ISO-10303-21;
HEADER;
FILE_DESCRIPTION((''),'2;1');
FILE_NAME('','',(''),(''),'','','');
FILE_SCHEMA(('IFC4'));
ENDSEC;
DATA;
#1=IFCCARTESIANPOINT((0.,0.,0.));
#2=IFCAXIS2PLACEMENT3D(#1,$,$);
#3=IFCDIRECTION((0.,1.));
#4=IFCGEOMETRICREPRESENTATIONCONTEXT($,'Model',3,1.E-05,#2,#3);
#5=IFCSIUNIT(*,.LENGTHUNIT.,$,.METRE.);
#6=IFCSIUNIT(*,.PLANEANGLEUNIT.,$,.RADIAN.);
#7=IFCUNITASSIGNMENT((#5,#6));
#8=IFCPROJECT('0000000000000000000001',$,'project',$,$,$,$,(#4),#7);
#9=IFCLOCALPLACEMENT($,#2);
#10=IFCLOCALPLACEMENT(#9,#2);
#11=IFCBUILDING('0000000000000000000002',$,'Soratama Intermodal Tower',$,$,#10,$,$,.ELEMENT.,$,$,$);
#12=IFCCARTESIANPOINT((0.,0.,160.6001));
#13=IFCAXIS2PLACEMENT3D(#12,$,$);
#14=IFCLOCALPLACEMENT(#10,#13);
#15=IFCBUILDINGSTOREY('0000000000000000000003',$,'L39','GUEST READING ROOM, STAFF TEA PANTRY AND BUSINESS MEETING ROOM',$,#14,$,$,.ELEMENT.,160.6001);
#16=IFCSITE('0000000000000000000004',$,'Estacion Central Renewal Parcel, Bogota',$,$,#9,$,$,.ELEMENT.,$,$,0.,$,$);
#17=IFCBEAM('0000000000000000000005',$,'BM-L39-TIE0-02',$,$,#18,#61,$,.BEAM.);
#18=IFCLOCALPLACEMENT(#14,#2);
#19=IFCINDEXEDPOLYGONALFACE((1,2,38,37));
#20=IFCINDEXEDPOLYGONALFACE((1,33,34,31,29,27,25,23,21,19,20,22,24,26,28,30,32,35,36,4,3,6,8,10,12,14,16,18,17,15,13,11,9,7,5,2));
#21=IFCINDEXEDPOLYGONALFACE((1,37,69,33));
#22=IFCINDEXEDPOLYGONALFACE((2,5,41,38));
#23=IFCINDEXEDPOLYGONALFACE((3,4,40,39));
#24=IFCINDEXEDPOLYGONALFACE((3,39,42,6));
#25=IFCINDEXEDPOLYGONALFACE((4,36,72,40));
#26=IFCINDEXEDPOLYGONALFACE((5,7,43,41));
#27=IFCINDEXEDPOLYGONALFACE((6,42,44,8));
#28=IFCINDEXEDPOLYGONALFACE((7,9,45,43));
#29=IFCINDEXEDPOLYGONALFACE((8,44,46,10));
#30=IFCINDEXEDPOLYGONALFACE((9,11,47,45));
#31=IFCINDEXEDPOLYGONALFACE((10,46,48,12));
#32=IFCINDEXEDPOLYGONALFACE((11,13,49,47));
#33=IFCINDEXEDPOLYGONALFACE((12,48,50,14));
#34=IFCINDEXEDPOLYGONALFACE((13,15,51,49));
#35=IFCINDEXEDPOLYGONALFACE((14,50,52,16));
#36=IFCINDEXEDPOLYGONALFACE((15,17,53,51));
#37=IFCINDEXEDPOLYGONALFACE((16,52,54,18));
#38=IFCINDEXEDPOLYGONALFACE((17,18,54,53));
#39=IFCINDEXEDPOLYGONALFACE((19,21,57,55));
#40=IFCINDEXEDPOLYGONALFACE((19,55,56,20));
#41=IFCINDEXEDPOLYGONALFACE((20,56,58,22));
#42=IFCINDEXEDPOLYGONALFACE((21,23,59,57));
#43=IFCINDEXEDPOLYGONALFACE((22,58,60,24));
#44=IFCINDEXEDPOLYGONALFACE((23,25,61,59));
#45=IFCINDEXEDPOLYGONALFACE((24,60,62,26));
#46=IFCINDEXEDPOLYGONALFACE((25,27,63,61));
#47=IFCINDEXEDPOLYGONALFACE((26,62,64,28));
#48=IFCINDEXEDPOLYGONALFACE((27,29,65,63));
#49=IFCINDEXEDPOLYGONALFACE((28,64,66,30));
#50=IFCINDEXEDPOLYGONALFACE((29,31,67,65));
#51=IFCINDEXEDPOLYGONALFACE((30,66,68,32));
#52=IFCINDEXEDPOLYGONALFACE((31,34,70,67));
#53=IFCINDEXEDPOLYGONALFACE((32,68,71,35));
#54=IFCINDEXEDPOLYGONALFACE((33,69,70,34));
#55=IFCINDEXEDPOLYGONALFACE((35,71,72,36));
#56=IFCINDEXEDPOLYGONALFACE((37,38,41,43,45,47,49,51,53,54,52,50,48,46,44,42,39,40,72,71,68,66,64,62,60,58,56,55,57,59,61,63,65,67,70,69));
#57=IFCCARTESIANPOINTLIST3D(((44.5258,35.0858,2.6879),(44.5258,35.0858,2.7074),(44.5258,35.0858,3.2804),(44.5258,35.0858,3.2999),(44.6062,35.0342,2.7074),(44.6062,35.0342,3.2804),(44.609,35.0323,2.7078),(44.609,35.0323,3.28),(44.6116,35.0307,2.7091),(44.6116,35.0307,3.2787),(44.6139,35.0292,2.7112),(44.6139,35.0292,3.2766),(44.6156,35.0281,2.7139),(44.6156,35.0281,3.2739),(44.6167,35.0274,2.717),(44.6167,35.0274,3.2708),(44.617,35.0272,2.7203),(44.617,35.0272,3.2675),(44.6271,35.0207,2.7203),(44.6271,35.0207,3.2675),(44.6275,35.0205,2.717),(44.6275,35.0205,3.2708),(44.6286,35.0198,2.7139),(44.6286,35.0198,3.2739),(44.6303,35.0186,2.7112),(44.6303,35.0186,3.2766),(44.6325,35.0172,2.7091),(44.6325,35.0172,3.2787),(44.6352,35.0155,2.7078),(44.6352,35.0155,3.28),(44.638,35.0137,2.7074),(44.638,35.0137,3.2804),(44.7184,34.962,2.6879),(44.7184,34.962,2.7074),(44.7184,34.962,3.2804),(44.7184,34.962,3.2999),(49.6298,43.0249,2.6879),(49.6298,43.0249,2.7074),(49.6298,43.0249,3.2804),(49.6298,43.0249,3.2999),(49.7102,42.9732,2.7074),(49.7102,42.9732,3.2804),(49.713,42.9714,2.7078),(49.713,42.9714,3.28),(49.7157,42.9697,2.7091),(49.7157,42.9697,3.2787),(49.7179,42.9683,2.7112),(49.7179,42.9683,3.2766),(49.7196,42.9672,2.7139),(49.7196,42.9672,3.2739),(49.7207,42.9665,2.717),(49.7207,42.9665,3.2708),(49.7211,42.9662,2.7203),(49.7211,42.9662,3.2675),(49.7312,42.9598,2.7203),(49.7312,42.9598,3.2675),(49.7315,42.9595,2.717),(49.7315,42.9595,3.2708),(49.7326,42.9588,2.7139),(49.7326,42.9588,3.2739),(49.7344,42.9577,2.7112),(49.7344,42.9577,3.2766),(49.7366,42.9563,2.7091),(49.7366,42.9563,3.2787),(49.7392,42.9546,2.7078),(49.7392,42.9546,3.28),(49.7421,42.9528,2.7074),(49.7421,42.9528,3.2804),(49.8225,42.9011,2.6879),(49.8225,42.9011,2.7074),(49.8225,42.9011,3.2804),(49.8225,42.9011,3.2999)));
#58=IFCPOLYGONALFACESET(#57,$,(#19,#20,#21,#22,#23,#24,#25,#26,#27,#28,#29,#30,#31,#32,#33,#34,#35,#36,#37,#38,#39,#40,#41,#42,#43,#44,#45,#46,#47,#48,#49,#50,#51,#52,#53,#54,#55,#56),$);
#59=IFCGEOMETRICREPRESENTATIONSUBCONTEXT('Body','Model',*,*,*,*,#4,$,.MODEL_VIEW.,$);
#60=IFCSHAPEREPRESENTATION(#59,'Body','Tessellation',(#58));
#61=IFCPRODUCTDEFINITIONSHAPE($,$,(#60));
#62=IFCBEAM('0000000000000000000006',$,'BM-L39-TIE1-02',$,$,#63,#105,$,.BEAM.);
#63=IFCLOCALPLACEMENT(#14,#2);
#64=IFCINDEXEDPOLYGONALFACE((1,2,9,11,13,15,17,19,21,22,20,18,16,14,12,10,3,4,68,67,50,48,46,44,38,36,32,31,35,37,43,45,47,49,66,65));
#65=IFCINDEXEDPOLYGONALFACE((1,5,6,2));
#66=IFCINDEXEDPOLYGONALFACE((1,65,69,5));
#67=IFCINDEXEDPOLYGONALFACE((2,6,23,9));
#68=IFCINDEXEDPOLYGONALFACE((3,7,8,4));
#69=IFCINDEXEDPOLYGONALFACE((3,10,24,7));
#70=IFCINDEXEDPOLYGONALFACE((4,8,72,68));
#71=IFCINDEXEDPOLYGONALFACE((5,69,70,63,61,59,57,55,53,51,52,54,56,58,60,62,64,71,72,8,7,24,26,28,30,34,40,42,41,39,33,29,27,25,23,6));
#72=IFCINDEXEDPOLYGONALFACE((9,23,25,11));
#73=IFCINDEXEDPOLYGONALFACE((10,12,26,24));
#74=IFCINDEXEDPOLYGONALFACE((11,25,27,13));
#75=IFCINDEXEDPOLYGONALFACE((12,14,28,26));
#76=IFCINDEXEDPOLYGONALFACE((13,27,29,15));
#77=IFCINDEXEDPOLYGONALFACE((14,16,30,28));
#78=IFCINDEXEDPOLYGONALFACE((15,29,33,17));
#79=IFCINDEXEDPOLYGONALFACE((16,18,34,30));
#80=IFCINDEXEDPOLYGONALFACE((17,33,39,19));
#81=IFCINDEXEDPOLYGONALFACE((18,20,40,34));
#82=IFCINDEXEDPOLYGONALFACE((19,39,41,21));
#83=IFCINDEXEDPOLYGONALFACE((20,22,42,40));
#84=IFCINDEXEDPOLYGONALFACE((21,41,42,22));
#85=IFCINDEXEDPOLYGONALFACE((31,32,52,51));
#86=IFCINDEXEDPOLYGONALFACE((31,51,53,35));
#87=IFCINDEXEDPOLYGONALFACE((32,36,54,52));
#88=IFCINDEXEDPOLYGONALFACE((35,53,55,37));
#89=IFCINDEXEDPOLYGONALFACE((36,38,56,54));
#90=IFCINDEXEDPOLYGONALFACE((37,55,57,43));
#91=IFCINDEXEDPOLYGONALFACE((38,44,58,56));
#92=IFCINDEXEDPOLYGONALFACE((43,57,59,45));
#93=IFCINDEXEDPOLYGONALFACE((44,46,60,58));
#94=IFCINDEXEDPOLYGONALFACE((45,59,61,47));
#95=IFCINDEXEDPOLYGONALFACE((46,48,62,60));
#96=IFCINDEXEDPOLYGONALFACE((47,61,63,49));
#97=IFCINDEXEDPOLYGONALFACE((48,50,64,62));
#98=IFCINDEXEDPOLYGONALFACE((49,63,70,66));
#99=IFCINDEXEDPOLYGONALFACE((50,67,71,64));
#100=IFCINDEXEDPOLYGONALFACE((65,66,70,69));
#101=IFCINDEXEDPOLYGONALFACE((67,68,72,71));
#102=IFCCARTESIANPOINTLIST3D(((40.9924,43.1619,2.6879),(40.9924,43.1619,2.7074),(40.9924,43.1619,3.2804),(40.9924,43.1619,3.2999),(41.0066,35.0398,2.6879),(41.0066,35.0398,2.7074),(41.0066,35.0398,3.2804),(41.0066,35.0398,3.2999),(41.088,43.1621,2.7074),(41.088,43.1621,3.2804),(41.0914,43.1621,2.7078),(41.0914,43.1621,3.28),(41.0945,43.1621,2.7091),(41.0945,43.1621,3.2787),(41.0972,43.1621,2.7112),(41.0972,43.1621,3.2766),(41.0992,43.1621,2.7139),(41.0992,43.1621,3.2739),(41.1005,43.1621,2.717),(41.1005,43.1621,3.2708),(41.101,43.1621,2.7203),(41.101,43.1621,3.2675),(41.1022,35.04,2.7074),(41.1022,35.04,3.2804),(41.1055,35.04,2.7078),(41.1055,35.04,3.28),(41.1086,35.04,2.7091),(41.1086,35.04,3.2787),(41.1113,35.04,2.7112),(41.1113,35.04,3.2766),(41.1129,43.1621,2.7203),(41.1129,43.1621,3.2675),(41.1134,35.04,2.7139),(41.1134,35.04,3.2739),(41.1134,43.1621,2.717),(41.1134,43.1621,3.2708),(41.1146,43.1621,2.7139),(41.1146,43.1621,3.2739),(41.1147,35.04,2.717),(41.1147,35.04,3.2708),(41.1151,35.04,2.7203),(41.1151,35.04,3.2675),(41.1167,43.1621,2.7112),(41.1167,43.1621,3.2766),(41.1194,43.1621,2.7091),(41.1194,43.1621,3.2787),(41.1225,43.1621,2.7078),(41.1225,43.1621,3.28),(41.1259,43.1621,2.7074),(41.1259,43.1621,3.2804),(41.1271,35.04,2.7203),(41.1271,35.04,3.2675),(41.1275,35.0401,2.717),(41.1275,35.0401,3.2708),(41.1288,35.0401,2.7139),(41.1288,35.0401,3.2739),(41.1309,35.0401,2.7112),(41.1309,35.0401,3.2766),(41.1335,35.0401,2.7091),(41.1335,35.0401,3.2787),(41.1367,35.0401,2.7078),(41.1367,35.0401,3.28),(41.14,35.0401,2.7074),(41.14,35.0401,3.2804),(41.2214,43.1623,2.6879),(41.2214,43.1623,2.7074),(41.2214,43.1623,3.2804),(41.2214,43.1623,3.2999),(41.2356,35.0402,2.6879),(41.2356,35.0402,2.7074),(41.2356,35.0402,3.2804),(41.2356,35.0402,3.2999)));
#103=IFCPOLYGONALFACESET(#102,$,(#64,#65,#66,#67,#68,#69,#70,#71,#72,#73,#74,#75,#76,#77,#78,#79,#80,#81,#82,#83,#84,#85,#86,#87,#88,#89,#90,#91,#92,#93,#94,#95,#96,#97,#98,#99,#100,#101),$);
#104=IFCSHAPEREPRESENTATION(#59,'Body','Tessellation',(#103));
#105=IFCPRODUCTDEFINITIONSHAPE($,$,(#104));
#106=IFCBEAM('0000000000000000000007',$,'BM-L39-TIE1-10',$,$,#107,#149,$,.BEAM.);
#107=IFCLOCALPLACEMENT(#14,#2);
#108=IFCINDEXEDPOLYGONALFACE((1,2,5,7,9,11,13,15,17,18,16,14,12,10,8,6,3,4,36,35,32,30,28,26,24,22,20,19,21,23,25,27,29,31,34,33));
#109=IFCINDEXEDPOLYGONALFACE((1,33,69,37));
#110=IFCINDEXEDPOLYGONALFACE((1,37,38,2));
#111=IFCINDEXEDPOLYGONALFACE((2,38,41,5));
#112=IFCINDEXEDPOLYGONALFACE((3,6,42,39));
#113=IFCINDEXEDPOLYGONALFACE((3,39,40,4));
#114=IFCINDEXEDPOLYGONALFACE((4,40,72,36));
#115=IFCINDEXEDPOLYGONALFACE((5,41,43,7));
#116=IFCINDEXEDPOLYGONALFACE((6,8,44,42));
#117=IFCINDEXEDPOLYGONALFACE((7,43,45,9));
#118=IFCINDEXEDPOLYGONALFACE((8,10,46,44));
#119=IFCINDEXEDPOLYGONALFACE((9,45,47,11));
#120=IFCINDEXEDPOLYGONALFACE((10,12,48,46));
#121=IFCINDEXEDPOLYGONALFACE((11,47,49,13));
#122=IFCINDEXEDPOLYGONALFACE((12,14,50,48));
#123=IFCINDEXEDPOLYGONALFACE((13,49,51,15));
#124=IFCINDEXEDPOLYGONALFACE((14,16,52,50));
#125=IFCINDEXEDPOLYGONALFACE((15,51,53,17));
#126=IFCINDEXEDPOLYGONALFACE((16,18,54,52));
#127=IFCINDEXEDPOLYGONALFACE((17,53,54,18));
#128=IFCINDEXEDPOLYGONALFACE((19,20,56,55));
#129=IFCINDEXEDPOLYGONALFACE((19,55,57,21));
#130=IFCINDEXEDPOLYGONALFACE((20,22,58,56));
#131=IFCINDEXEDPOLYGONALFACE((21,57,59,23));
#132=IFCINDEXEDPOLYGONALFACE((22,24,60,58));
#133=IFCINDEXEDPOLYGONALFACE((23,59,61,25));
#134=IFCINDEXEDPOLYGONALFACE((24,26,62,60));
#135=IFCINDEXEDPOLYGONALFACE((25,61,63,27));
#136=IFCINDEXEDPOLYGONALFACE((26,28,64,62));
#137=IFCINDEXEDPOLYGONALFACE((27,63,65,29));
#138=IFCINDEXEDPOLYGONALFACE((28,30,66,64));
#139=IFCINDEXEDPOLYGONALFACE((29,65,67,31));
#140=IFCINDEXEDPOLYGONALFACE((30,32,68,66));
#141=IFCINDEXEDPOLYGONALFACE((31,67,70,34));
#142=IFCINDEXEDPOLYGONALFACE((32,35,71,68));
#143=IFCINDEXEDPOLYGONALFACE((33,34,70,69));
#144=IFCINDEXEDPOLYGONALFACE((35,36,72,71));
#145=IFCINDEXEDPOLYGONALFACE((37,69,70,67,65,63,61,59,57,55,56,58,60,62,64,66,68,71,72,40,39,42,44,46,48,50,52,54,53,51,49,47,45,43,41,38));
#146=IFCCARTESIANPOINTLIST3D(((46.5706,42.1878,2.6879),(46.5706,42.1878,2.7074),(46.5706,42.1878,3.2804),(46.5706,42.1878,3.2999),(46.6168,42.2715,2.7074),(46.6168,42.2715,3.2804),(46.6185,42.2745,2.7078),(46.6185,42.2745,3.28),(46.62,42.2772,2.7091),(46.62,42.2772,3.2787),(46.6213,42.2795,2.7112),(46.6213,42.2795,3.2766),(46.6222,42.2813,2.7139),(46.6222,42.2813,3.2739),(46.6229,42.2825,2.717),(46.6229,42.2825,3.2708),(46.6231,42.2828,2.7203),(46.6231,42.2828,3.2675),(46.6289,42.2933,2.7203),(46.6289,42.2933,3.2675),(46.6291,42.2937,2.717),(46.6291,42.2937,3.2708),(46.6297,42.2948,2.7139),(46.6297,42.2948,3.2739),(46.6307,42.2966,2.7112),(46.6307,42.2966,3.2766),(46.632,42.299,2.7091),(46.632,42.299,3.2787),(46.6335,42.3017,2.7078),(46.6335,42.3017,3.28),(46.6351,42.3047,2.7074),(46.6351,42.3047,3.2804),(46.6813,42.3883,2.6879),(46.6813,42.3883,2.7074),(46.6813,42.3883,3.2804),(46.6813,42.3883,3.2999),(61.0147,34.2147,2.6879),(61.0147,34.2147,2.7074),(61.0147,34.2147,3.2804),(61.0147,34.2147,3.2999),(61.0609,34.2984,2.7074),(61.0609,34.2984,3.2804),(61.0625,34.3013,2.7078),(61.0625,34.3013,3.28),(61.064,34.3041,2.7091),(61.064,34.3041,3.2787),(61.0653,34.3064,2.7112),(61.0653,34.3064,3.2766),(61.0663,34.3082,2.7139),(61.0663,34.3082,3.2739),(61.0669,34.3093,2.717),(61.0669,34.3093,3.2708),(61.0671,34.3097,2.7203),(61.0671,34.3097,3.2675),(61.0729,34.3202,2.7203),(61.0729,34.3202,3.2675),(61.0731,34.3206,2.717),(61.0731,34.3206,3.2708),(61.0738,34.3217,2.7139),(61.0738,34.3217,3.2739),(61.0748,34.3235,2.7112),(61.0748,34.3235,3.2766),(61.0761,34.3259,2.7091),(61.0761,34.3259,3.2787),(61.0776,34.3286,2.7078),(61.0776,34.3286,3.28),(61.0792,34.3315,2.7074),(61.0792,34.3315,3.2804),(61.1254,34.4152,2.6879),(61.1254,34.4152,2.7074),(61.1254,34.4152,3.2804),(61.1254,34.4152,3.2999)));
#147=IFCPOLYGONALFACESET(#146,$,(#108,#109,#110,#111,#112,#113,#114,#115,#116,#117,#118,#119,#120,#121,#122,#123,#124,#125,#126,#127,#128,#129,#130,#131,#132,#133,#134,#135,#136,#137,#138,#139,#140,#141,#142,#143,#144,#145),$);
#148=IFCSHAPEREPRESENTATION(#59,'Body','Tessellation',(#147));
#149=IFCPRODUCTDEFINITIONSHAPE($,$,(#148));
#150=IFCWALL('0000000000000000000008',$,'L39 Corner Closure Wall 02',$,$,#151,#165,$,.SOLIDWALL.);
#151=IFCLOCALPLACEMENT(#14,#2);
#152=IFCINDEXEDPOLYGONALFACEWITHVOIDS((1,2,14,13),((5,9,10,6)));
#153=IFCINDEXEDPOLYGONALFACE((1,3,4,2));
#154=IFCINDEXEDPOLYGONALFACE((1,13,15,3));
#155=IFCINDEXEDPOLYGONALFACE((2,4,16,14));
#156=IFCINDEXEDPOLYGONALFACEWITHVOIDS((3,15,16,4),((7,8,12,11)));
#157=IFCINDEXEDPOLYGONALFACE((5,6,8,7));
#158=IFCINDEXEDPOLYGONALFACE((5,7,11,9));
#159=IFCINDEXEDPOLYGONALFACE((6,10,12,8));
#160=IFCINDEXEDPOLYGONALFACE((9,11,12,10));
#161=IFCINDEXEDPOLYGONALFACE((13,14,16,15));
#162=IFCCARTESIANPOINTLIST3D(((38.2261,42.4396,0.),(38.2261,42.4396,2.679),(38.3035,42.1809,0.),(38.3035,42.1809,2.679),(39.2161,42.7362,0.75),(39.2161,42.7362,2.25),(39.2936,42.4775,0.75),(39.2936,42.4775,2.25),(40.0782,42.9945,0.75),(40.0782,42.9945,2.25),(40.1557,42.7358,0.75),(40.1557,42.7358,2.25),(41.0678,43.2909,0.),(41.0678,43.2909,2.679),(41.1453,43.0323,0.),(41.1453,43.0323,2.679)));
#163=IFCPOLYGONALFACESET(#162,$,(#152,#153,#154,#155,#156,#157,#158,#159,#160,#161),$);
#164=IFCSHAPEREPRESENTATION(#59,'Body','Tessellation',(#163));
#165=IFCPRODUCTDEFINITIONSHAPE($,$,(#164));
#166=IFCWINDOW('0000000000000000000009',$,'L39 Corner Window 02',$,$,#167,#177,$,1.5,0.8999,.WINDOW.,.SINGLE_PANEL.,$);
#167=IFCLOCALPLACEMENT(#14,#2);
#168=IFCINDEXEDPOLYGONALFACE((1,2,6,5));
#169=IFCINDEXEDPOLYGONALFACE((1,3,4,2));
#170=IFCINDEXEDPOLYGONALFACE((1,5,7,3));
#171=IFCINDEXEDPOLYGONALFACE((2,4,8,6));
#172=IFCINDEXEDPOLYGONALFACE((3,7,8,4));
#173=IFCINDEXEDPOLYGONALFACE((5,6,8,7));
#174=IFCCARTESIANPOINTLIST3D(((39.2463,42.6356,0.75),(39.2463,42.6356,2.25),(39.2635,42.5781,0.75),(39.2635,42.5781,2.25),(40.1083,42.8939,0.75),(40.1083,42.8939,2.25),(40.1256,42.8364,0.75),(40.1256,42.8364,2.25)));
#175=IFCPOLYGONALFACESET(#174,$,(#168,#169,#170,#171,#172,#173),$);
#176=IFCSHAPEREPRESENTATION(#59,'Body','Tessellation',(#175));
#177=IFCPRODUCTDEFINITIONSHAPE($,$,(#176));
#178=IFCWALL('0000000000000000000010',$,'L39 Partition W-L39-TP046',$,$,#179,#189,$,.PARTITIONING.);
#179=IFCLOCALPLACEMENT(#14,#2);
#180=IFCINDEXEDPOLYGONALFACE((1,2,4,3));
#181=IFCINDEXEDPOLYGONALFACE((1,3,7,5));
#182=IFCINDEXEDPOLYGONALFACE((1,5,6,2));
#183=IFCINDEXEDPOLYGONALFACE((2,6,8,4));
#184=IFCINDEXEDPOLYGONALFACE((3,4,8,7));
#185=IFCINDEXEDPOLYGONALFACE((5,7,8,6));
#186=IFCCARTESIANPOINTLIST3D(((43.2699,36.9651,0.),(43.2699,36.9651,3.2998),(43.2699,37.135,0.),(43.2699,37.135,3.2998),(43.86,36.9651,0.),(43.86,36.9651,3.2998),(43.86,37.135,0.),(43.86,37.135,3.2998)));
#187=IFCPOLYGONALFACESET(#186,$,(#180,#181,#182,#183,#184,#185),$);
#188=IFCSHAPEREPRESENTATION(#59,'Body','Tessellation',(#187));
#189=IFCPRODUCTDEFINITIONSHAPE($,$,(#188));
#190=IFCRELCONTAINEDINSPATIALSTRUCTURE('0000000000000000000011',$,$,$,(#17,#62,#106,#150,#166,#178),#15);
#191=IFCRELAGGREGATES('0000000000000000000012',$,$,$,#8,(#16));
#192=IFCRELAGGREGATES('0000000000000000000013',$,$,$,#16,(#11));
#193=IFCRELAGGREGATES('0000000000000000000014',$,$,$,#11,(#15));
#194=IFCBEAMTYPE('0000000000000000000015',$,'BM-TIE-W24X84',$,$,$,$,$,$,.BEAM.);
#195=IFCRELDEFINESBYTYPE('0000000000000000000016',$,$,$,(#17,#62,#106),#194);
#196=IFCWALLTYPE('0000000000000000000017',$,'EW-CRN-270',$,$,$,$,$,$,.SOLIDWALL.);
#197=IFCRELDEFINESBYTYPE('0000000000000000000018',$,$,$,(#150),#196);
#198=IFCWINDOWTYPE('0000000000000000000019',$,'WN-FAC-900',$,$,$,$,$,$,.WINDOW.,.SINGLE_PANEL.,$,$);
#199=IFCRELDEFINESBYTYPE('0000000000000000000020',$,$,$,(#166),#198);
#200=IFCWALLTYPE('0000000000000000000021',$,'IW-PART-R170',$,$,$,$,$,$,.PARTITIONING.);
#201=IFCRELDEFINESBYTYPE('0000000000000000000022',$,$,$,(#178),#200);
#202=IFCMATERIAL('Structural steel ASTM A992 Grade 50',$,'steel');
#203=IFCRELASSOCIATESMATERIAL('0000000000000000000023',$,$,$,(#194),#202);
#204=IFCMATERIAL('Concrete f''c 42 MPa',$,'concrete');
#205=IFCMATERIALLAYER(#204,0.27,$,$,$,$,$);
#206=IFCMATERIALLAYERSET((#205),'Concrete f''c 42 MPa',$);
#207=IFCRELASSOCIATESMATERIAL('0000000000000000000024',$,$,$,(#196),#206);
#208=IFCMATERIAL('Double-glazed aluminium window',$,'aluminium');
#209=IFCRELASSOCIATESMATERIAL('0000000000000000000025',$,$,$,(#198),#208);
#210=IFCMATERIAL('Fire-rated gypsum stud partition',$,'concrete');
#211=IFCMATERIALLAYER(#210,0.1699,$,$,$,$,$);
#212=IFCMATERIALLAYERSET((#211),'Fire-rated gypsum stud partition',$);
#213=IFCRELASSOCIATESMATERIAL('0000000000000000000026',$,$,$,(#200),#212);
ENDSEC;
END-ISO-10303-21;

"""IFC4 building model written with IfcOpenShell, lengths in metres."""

from ifc_helpers import new_model, si_unit, direction, frame, frame_2d, origin, origin_2d, place, context, subcontext, project, spatial, rectangle, i_section, extrude, material, layer, layer_set, material_profile, profile_set, type_object, element, fill, save


model = new_model("IFC4")

# Units and contexts
model_context = context("Model", 3, precision=1e-05, world=origin(), true_north=direction((0.0, 1.0)))
body_context = subcontext(model_context, "Body", "Model", "MODEL_VIEW")
ifc_project = project(units=[si_unit("LENGTHUNIT", "METRE"), si_unit("PLANEANGLEUNIT", "RADIAN")], contexts=[model_context])

# Site, building, storey
site_placement = place(None, origin())
site = spatial("IfcSite", under=ifc_project, at=site_placement, Name="Estacion Central Renewal Parcel, Bogota", CompositionType="ELEMENT", RefElevation=0.0)
building_placement = place(site_placement, origin())
building = spatial("IfcBuilding", under=site, at=building_placement, Name="Soratama Intermodal Tower", CompositionType="ELEMENT")
storey_placement = place(building_placement, frame((0.0, 0.0, 160.6001)))
storey = spatial("IfcBuildingStorey", under=building, at=storey_placement, Name="L39", Description="GUEST READING ROOM, STAFF TEA PANTRY AND BUSINESS MEETING ROOM", CompositionType="ELEMENT", Elevation=160.6001)

# Beams
ifc_material_1 = material(Name="Structural steel ASTM A992 Grade 50", Category="steel")
ifc_material_profile_1 = material_profile(ifc_material_1, i_section(OverallWidth=0.229, OverallDepth=0.6121, WebThickness=0.012, FlangeThickness=0.0195, FilletRadius=0.0129, at=origin_2d()), Name="W24X84")
ifc_profile_set_1 = profile_set([ifc_material_profile_1], Name="Structural steel ASTM A992 Grade 50")
beam_type_1 = type_object("IfcBeamType", Name="BM-TIE-W24X84", PredefinedType="BEAM", material=ifc_profile_set_1)
beam_1_placement = place(storey_placement, frame((44.6221, 35.0239, 2.9939), z_axis=(0.540786, 0.84116, 0.0), x_axis=(-0.84116, 0.540786, 0.0)))
element("IfcBeam", 1, at=beam_1_placement, inside=storey, type_object=beam_type_1, Name="BM-L39-TIE0-02", PredefinedType="BEAM", context=body_context, shape_type="SweptSolid", body=[
    extrude(i_section(OverallWidth=0.229, OverallDepth=0.6121, WebThickness=0.012, FlangeThickness=0.0195, FilletRadius=0.0129, at=origin_2d()), origin(), (0.0, 0.0, 1.0), 9.4382),
])
beam_2_placement = place(storey_placement, frame((41.1211, 35.04, 2.9939), z_axis=(-0.001743, 0.999998, 0.0), x_axis=(-0.999998, -0.001743, 0.0)))
element("IfcBeam", 2, at=beam_2_placement, inside=storey, type_object=beam_type_1, Name="BM-L39-TIE1-02", PredefinedType="BEAM", context=body_context, shape_type="SweptSolid", body=[
    extrude(i_section(OverallWidth=0.229, OverallDepth=0.6121, WebThickness=0.012, FlangeThickness=0.0195, FilletRadius=0.0129, at=origin_2d()), origin(), (0.0, 0.0, 1.0), 8.1221),
])
beam_3_placement = place(storey_placement, frame((46.626, 42.2881, 2.9939), z_axis=(0.875475, -0.483263, 0.0), x_axis=(0.483263, 0.875475, 0.0)))
element("IfcBeam", 3, at=beam_3_placement, inside=storey, type_object=beam_type_1, Name="BM-L39-TIE1-10", PredefinedType="BEAM", context=body_context, shape_type="SweptSolid", body=[
    extrude(i_section(OverallWidth=0.229, OverallDepth=0.6121, WebThickness=0.012, FlangeThickness=0.0195, FilletRadius=0.0129, at=origin_2d()), origin(), (0.0, 0.0, 1.0), 16.4985),
])

# Wall, opening, window
ifc_material_2 = material(Name="Concrete f'c 42 MPa", Category="concrete")
ifc_layer_1 = layer(ifc_material_2, 0.27)
ifc_layer_set_1 = layer_set([ifc_layer_1], Name="Concrete f'c 42 MPa")
wall_type_1 = type_object("IfcWallType", Name="EW-CRN-270", PredefinedType="SOLIDWALL", material=ifc_layer_set_1)
wall_1_placement = place(storey_placement, frame((41.1067, 43.1616, 0.0), z_axis=(0.0, 0.0, 1.0), x_axis=(-0.957939, -0.28697, 0.0)))
wall_1 = element("IfcWall", 4, at=wall_1_placement, inside=storey, type_object=wall_type_1, Name="L39 Corner Closure Wall 02", PredefinedType="SOLIDWALL", context=body_context, shape_type="SweptSolid", body=[
    extrude(rectangle(XDim=2.9666, YDim=0.27, at=frame_2d((1.4834, 0.0))), origin(), (0.0, 0.0, 1.0), 2.679),
])
opening_1_placement = place(wall_1_placement, frame((1.0332, 0.0, 0.75)))
opening_1 = element("IfcOpeningElement", 5, at=opening_1_placement, cuts=wall_1, PredefinedType="OPENING", context=body_context, shape_type="SweptSolid", body=[
    extrude(rectangle(XDim=0.8999, YDim=1.5, at=frame_2d((0.45, 0.75))), frame((0.0, 0.145, 0.0), z_axis=(0.0, -1.0, 0.0), x_axis=(1.0, 0.0, 0.0)), (0.0, 0.0, 1.0), 0.29),
])
ifc_material_3 = material(Name="Double-glazed aluminium window", Category="aluminium")
window_type = type_object("IfcWindowType", Name="WN-FAC-900", PartitioningType="SINGLE_PANEL", PredefinedType="WINDOW", material=ifc_material_3)
window_placement = place(opening_1_placement, origin())
window = element("IfcWindow", 6, at=window_placement, inside=storey, type_object=window_type, Name="L39 Corner Window 02", OverallHeight=1.5, OverallWidth=0.8999, PartitioningType="SINGLE_PANEL", PredefinedType="WINDOW", context=body_context, shape_type="SweptSolid", body=[
    extrude(rectangle(XDim=0.8999, YDim=1.5, at=frame_2d((0.45, 0.75))), frame((0.0, 0.03, 0.0), z_axis=(0.0, -1.0, 0.0), x_axis=(1.0, 0.0, 0.0)), (0.0, 0.0, 1.0), 0.0601),
])
fill(opening_1, window)

# Shared definitions
ifc_material_4 = material(Name="Fire-rated gypsum stud partition", Category="concrete")
ifc_layer_2 = layer(ifc_material_4, 0.1699)
ifc_layer_set_2 = layer_set([ifc_layer_2], Name="Fire-rated gypsum stud partition")
wall_type_2 = type_object("IfcWallType", Name="IW-PART-R170", PredefinedType="PARTITIONING", material=ifc_layer_set_2)

# Wall
wall_2_placement = place(storey_placement, frame((43.27, 37.05, 0.0), z_axis=(0.0, 0.0, 1.0), x_axis=(1.0, 0.0, 0.0)))
element("IfcWall", 7, at=wall_2_placement, inside=storey, type_object=wall_type_2, Name="L39 Partition W-L39-TP046", PredefinedType="PARTITIONING", context=body_context, shape_type="SweptSolid", body=[
    extrude(rectangle(XDim=0.5901, YDim=0.1699, at=frame_2d((0.2949, 0.0))), origin(), (0.0, 0.0, 1.0), 3.2998),
])

save(model, "model.ifc")
